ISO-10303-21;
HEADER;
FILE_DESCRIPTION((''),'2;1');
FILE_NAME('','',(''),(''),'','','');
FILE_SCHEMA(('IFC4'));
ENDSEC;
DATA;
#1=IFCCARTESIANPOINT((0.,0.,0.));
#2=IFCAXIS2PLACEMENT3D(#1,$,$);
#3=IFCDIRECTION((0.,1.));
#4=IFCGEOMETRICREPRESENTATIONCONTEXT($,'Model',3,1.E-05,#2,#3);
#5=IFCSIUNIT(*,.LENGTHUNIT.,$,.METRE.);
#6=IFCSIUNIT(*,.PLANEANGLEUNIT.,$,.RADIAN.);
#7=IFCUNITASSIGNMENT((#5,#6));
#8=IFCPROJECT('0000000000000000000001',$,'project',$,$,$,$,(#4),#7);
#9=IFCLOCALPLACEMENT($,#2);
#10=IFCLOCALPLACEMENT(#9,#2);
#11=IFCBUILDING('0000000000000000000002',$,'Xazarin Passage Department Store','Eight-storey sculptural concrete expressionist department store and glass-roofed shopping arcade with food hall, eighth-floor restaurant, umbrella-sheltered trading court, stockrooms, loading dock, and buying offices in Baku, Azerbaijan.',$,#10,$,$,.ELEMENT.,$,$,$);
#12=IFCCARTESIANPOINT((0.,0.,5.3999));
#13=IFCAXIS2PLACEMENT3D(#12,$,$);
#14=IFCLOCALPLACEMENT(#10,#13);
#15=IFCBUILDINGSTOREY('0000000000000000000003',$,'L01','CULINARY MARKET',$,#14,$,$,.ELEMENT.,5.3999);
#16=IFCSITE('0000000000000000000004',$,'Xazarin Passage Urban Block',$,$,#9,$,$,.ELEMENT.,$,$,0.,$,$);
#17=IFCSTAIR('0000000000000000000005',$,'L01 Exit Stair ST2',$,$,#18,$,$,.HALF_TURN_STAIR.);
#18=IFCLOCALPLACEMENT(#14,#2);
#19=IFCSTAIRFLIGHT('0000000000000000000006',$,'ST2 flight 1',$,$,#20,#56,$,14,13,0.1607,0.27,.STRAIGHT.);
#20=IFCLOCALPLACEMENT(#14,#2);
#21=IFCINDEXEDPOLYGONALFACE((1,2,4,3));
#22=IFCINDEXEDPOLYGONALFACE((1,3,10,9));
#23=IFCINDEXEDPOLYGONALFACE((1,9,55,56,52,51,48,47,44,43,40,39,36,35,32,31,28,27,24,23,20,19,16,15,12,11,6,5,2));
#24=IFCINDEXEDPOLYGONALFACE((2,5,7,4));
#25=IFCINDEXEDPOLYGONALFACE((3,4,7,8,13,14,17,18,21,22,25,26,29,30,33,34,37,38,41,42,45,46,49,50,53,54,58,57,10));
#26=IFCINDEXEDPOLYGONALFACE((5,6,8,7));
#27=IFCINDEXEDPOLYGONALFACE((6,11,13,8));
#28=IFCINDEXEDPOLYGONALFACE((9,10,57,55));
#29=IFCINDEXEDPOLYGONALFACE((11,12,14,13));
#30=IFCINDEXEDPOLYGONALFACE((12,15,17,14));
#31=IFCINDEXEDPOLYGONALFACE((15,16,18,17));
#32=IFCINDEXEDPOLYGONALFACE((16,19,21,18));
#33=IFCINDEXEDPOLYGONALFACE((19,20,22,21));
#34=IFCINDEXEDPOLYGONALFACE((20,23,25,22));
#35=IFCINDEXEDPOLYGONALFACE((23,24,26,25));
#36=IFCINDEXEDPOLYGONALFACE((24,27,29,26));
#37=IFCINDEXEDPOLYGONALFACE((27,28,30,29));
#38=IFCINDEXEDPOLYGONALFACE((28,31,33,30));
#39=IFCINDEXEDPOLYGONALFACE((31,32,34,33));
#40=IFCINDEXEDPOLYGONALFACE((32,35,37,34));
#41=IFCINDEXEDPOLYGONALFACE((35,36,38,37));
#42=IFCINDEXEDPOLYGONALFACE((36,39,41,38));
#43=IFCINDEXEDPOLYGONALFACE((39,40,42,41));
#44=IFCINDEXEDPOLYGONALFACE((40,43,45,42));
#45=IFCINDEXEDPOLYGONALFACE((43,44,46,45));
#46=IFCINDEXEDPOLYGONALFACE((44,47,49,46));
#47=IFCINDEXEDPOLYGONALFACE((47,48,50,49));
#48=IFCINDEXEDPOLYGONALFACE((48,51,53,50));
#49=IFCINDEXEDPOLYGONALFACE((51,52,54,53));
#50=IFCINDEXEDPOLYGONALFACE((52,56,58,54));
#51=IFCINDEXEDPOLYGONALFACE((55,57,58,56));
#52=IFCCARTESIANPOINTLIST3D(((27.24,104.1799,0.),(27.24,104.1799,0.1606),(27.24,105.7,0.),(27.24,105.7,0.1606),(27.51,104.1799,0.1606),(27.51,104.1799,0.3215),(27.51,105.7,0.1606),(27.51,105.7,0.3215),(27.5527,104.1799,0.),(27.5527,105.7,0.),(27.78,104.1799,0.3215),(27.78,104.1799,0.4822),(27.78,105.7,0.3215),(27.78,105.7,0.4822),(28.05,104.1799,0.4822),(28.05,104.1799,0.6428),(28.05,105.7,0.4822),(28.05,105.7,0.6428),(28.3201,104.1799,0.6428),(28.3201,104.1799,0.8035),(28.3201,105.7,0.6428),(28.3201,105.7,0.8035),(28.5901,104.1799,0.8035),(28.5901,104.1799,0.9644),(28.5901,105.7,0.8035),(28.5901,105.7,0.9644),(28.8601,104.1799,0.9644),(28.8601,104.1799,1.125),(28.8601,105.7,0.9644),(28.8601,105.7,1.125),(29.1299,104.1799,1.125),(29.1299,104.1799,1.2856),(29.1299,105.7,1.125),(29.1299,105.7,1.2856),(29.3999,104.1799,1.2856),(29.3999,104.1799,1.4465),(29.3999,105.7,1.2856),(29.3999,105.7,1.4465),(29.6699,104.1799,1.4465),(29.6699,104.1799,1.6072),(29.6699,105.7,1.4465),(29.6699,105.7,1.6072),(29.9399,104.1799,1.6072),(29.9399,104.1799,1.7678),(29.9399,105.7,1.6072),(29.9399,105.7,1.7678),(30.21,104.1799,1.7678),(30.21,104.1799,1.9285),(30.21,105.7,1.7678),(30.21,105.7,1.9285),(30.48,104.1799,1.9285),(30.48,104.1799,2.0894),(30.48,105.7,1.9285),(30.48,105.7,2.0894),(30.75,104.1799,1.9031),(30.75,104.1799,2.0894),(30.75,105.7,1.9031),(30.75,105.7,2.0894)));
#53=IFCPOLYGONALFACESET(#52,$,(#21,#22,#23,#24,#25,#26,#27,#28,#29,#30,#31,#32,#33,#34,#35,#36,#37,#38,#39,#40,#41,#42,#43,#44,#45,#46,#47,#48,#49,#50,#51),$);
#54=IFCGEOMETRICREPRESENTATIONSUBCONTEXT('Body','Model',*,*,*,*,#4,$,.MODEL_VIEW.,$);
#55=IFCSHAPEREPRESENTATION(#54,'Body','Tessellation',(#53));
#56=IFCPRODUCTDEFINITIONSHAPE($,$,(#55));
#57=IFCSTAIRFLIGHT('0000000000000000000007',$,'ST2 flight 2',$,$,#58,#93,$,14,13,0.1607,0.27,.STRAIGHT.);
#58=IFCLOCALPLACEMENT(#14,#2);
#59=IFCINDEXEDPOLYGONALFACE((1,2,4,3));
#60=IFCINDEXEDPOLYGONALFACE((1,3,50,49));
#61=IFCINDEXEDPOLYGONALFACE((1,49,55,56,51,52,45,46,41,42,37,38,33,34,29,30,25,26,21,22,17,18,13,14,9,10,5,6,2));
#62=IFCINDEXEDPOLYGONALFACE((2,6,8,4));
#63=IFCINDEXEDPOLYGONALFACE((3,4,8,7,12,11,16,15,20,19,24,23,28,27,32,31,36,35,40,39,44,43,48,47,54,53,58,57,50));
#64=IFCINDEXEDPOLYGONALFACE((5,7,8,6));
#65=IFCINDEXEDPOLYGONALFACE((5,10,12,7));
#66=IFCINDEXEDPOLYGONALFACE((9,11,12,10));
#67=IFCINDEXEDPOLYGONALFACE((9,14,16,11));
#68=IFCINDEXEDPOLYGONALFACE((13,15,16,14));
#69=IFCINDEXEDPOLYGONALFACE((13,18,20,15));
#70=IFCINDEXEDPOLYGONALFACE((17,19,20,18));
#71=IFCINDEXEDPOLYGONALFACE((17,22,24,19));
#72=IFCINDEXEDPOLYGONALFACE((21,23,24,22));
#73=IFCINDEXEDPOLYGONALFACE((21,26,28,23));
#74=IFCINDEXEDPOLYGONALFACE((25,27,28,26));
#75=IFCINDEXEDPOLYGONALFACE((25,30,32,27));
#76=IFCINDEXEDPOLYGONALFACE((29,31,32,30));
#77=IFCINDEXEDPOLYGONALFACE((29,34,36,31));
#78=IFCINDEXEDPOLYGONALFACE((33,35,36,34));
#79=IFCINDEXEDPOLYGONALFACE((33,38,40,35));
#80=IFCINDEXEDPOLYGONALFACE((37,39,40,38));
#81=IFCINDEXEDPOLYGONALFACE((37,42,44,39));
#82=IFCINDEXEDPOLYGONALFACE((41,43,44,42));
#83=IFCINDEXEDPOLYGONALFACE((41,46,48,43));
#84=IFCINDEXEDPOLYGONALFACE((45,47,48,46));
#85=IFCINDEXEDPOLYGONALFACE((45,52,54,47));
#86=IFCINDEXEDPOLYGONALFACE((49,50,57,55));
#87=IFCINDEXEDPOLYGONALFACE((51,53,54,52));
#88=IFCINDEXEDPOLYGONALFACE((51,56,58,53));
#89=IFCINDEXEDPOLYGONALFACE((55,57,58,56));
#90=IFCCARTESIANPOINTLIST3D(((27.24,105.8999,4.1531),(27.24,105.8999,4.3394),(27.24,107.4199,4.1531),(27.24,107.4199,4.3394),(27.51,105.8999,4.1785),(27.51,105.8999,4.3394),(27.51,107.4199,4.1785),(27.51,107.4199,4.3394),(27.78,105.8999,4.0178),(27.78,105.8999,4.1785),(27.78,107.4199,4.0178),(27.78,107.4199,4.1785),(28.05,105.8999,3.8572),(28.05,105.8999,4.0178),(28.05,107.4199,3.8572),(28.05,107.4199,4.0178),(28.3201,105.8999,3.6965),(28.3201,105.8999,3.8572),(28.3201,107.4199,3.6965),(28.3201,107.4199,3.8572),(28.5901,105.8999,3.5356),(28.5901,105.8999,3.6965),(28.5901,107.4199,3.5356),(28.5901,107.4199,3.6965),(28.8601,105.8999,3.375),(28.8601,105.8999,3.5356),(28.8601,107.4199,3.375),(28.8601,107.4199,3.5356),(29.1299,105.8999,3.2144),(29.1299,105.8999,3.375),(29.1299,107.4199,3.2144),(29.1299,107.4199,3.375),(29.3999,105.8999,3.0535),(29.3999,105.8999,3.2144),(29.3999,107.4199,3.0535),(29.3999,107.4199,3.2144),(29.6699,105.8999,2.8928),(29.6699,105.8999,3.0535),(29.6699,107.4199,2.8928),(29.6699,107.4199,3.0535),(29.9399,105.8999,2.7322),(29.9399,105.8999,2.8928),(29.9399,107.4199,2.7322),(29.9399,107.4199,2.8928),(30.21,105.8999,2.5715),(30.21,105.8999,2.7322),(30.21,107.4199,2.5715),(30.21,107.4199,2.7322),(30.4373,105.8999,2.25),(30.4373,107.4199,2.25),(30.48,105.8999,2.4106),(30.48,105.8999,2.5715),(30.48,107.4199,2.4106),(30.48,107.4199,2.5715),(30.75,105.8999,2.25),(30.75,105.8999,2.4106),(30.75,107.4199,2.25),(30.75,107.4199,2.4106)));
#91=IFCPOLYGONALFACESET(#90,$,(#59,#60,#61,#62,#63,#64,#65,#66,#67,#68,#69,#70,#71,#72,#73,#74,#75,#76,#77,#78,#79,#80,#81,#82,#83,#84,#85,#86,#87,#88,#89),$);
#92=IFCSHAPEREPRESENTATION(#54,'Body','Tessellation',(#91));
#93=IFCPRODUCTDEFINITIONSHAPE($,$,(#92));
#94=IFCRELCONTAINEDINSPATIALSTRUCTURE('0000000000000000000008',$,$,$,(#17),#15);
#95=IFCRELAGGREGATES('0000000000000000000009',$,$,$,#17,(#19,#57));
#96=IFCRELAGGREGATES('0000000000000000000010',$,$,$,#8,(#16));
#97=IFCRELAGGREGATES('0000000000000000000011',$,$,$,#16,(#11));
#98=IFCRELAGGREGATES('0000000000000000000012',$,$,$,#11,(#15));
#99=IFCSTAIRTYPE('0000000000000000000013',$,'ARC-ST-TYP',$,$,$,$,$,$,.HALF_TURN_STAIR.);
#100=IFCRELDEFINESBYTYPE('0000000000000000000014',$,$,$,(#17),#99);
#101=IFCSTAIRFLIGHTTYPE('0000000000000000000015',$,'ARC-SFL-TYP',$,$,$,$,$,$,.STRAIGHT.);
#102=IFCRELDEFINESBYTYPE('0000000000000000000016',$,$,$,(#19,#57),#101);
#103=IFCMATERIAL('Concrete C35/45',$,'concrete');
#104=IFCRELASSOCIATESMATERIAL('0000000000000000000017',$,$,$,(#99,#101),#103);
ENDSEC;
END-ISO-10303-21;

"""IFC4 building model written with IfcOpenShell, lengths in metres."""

from ifc_helpers import new_model, si_unit, direction, frame, origin, place, context, subcontext, project, spatial, polyline, outline, extrude, material, type_object, element, aggregate, save


model = new_model("IFC4")

# Units and contexts
model_context = context("Model", 3, precision=1e-05, world=origin(), true_north=direction((0.0, 1.0)))
body_context = subcontext(model_context, "Body", "Model", "MODEL_VIEW")
ifc_project = project(units=[si_unit("LENGTHUNIT", "METRE"), si_unit("PLANEANGLEUNIT", "RADIAN")], contexts=[model_context])

# Site, building, storey
site_placement = place(None, origin())
site = spatial("IfcSite", under=ifc_project, at=site_placement, Name="Xazarin Passage Urban Block", CompositionType="ELEMENT", RefElevation=0.0)
building_placement = place(site_placement, origin())
building = spatial("IfcBuilding", under=site, at=building_placement, Name="Xazarin Passage Department Store", Description="Eight-storey sculptural concrete expressionist department store and glass-roofed shopping arcade with food hall, eighth-floor restaurant, umbrella-sheltered trading court, stockrooms, loading dock, and buying offices in Baku, Azerbaijan.", CompositionType="ELEMENT")
storey_placement = place(building_placement, frame((0.0, 0.0, 5.3999)))
storey = spatial("IfcBuildingStorey", under=building, at=storey_placement, Name="L01", Description="CULINARY MARKET", CompositionType="ELEMENT", Elevation=5.3999)

# Shared definitions
ifc_material_1 = material(Name="Concrete C35/45", Category="concrete")

# Stair, stair flights
stair_type = type_object("IfcStairType", Name="ARC-ST-TYP", PredefinedType="HALF_TURN_STAIR", material=ifc_material_1)
stair_placement = place(storey_placement, origin())
stair = element("IfcStair", 1, at=stair_placement, inside=storey, type_object=stair_type, Name="L01 Exit Stair ST2", PredefinedType="HALF_TURN_STAIR")
stair_flight_type = type_object("IfcStairFlightType", Name="ARC-SFL-TYP", PredefinedType="STRAIGHT", material=ifc_material_1)
stair_flight_1_placement = place(storey_placement, frame((27.24, 104.9399, 0.0), z_axis=(0.0, 0.0, 1.0), x_axis=(1.0, 0.0, 0.0)))
stair_flight_1 = element("IfcStairFlight", 2, at=stair_flight_1_placement, type_object=stair_flight_type, Name="ST2 flight 1", NumberOfRisers=14, NumberOfTreads=13, PredefinedType="STRAIGHT", RiserHeight=0.1607, TreadLength=0.27, context=body_context, shape_type="SweptSolid", body=[
    extrude(outline(polyline([(0.0, 0.0), (0.0, 0.1606), (0.27, 0.1606), (0.27, 0.3215), (0.54, 0.3215), (0.54, 0.4822), (0.8101, 0.4822), (0.8101, 0.6428), (1.0801, 0.6428), (1.0801, 0.8035), (1.3501, 0.8035), (1.3501, 0.9644), (1.6201, 0.9644), (1.6201, 1.125), (1.8899, 1.125), (1.8899, 1.2856), (2.1599, 1.2856), (2.1599, 1.4465), (2.4299, 1.4465), (2.4299, 1.6072), (2.7, 1.6072), (2.7, 1.7678), (2.97, 1.7678), (2.97, 1.9285), (3.24, 1.9285), (3.24, 2.0894), (3.51, 2.0894), (3.51, 2.25), (3.51, 1.9031), (0.3127, 0.0), (0.0, 0.0)])), frame((0.0, 0.76, 0.0), z_axis=(0.0, -1.0, 0.0), x_axis=(1.0, 0.0, 0.0)), (0.0, 0.0, 1.0), 1.52),
])
stair_flight_2_placement = place(storey_placement, frame((30.75, 106.6599, 2.25), z_axis=(0.0, 0.0, 1.0), x_axis=(-1.0, 0.0, 0.0)))
stair_flight_2 = element("IfcStairFlight", 3, at=stair_flight_2_placement, type_object=stair_flight_type, Name="ST2 flight 2", NumberOfRisers=14, NumberOfTreads=13, PredefinedType="STRAIGHT", RiserHeight=0.1607, TreadLength=0.27, context=body_context, shape_type="SweptSolid", body=[
    extrude(outline(polyline([(0.0, 0.0), (0.0, 0.1606), (0.27, 0.1606), (0.27, 0.3215), (0.54, 0.3215), (0.54, 0.4822), (0.8101, 0.4822), (0.8101, 0.6428), (1.0801, 0.6428), (1.0801, 0.8035), (1.3501, 0.8035), (1.3501, 0.9644), (1.6201, 0.9644), (1.6201, 1.125), (1.8899, 1.125), (1.8899, 1.2856), (2.1599, 1.2856), (2.1599, 1.4465), (2.4299, 1.4465), (2.4299, 1.6072), (2.7, 1.6072), (2.7, 1.7678), (2.97, 1.7678), (2.97, 1.9285), (3.24, 1.9285), (3.24, 2.0894), (3.51, 2.0894), (3.51, 2.25), (3.51, 1.9031), (0.3127, 0.0), (0.0, 0.0)])), frame((0.0, 0.76, 0.0), z_axis=(0.0, -1.0, 0.0), x_axis=(1.0, 0.0, 0.0)), (0.0, 0.0, 1.0), 1.52),
])
aggregate(stair, [stair_flight_1, stair_flight_2])

save(model, "model.ifc")
